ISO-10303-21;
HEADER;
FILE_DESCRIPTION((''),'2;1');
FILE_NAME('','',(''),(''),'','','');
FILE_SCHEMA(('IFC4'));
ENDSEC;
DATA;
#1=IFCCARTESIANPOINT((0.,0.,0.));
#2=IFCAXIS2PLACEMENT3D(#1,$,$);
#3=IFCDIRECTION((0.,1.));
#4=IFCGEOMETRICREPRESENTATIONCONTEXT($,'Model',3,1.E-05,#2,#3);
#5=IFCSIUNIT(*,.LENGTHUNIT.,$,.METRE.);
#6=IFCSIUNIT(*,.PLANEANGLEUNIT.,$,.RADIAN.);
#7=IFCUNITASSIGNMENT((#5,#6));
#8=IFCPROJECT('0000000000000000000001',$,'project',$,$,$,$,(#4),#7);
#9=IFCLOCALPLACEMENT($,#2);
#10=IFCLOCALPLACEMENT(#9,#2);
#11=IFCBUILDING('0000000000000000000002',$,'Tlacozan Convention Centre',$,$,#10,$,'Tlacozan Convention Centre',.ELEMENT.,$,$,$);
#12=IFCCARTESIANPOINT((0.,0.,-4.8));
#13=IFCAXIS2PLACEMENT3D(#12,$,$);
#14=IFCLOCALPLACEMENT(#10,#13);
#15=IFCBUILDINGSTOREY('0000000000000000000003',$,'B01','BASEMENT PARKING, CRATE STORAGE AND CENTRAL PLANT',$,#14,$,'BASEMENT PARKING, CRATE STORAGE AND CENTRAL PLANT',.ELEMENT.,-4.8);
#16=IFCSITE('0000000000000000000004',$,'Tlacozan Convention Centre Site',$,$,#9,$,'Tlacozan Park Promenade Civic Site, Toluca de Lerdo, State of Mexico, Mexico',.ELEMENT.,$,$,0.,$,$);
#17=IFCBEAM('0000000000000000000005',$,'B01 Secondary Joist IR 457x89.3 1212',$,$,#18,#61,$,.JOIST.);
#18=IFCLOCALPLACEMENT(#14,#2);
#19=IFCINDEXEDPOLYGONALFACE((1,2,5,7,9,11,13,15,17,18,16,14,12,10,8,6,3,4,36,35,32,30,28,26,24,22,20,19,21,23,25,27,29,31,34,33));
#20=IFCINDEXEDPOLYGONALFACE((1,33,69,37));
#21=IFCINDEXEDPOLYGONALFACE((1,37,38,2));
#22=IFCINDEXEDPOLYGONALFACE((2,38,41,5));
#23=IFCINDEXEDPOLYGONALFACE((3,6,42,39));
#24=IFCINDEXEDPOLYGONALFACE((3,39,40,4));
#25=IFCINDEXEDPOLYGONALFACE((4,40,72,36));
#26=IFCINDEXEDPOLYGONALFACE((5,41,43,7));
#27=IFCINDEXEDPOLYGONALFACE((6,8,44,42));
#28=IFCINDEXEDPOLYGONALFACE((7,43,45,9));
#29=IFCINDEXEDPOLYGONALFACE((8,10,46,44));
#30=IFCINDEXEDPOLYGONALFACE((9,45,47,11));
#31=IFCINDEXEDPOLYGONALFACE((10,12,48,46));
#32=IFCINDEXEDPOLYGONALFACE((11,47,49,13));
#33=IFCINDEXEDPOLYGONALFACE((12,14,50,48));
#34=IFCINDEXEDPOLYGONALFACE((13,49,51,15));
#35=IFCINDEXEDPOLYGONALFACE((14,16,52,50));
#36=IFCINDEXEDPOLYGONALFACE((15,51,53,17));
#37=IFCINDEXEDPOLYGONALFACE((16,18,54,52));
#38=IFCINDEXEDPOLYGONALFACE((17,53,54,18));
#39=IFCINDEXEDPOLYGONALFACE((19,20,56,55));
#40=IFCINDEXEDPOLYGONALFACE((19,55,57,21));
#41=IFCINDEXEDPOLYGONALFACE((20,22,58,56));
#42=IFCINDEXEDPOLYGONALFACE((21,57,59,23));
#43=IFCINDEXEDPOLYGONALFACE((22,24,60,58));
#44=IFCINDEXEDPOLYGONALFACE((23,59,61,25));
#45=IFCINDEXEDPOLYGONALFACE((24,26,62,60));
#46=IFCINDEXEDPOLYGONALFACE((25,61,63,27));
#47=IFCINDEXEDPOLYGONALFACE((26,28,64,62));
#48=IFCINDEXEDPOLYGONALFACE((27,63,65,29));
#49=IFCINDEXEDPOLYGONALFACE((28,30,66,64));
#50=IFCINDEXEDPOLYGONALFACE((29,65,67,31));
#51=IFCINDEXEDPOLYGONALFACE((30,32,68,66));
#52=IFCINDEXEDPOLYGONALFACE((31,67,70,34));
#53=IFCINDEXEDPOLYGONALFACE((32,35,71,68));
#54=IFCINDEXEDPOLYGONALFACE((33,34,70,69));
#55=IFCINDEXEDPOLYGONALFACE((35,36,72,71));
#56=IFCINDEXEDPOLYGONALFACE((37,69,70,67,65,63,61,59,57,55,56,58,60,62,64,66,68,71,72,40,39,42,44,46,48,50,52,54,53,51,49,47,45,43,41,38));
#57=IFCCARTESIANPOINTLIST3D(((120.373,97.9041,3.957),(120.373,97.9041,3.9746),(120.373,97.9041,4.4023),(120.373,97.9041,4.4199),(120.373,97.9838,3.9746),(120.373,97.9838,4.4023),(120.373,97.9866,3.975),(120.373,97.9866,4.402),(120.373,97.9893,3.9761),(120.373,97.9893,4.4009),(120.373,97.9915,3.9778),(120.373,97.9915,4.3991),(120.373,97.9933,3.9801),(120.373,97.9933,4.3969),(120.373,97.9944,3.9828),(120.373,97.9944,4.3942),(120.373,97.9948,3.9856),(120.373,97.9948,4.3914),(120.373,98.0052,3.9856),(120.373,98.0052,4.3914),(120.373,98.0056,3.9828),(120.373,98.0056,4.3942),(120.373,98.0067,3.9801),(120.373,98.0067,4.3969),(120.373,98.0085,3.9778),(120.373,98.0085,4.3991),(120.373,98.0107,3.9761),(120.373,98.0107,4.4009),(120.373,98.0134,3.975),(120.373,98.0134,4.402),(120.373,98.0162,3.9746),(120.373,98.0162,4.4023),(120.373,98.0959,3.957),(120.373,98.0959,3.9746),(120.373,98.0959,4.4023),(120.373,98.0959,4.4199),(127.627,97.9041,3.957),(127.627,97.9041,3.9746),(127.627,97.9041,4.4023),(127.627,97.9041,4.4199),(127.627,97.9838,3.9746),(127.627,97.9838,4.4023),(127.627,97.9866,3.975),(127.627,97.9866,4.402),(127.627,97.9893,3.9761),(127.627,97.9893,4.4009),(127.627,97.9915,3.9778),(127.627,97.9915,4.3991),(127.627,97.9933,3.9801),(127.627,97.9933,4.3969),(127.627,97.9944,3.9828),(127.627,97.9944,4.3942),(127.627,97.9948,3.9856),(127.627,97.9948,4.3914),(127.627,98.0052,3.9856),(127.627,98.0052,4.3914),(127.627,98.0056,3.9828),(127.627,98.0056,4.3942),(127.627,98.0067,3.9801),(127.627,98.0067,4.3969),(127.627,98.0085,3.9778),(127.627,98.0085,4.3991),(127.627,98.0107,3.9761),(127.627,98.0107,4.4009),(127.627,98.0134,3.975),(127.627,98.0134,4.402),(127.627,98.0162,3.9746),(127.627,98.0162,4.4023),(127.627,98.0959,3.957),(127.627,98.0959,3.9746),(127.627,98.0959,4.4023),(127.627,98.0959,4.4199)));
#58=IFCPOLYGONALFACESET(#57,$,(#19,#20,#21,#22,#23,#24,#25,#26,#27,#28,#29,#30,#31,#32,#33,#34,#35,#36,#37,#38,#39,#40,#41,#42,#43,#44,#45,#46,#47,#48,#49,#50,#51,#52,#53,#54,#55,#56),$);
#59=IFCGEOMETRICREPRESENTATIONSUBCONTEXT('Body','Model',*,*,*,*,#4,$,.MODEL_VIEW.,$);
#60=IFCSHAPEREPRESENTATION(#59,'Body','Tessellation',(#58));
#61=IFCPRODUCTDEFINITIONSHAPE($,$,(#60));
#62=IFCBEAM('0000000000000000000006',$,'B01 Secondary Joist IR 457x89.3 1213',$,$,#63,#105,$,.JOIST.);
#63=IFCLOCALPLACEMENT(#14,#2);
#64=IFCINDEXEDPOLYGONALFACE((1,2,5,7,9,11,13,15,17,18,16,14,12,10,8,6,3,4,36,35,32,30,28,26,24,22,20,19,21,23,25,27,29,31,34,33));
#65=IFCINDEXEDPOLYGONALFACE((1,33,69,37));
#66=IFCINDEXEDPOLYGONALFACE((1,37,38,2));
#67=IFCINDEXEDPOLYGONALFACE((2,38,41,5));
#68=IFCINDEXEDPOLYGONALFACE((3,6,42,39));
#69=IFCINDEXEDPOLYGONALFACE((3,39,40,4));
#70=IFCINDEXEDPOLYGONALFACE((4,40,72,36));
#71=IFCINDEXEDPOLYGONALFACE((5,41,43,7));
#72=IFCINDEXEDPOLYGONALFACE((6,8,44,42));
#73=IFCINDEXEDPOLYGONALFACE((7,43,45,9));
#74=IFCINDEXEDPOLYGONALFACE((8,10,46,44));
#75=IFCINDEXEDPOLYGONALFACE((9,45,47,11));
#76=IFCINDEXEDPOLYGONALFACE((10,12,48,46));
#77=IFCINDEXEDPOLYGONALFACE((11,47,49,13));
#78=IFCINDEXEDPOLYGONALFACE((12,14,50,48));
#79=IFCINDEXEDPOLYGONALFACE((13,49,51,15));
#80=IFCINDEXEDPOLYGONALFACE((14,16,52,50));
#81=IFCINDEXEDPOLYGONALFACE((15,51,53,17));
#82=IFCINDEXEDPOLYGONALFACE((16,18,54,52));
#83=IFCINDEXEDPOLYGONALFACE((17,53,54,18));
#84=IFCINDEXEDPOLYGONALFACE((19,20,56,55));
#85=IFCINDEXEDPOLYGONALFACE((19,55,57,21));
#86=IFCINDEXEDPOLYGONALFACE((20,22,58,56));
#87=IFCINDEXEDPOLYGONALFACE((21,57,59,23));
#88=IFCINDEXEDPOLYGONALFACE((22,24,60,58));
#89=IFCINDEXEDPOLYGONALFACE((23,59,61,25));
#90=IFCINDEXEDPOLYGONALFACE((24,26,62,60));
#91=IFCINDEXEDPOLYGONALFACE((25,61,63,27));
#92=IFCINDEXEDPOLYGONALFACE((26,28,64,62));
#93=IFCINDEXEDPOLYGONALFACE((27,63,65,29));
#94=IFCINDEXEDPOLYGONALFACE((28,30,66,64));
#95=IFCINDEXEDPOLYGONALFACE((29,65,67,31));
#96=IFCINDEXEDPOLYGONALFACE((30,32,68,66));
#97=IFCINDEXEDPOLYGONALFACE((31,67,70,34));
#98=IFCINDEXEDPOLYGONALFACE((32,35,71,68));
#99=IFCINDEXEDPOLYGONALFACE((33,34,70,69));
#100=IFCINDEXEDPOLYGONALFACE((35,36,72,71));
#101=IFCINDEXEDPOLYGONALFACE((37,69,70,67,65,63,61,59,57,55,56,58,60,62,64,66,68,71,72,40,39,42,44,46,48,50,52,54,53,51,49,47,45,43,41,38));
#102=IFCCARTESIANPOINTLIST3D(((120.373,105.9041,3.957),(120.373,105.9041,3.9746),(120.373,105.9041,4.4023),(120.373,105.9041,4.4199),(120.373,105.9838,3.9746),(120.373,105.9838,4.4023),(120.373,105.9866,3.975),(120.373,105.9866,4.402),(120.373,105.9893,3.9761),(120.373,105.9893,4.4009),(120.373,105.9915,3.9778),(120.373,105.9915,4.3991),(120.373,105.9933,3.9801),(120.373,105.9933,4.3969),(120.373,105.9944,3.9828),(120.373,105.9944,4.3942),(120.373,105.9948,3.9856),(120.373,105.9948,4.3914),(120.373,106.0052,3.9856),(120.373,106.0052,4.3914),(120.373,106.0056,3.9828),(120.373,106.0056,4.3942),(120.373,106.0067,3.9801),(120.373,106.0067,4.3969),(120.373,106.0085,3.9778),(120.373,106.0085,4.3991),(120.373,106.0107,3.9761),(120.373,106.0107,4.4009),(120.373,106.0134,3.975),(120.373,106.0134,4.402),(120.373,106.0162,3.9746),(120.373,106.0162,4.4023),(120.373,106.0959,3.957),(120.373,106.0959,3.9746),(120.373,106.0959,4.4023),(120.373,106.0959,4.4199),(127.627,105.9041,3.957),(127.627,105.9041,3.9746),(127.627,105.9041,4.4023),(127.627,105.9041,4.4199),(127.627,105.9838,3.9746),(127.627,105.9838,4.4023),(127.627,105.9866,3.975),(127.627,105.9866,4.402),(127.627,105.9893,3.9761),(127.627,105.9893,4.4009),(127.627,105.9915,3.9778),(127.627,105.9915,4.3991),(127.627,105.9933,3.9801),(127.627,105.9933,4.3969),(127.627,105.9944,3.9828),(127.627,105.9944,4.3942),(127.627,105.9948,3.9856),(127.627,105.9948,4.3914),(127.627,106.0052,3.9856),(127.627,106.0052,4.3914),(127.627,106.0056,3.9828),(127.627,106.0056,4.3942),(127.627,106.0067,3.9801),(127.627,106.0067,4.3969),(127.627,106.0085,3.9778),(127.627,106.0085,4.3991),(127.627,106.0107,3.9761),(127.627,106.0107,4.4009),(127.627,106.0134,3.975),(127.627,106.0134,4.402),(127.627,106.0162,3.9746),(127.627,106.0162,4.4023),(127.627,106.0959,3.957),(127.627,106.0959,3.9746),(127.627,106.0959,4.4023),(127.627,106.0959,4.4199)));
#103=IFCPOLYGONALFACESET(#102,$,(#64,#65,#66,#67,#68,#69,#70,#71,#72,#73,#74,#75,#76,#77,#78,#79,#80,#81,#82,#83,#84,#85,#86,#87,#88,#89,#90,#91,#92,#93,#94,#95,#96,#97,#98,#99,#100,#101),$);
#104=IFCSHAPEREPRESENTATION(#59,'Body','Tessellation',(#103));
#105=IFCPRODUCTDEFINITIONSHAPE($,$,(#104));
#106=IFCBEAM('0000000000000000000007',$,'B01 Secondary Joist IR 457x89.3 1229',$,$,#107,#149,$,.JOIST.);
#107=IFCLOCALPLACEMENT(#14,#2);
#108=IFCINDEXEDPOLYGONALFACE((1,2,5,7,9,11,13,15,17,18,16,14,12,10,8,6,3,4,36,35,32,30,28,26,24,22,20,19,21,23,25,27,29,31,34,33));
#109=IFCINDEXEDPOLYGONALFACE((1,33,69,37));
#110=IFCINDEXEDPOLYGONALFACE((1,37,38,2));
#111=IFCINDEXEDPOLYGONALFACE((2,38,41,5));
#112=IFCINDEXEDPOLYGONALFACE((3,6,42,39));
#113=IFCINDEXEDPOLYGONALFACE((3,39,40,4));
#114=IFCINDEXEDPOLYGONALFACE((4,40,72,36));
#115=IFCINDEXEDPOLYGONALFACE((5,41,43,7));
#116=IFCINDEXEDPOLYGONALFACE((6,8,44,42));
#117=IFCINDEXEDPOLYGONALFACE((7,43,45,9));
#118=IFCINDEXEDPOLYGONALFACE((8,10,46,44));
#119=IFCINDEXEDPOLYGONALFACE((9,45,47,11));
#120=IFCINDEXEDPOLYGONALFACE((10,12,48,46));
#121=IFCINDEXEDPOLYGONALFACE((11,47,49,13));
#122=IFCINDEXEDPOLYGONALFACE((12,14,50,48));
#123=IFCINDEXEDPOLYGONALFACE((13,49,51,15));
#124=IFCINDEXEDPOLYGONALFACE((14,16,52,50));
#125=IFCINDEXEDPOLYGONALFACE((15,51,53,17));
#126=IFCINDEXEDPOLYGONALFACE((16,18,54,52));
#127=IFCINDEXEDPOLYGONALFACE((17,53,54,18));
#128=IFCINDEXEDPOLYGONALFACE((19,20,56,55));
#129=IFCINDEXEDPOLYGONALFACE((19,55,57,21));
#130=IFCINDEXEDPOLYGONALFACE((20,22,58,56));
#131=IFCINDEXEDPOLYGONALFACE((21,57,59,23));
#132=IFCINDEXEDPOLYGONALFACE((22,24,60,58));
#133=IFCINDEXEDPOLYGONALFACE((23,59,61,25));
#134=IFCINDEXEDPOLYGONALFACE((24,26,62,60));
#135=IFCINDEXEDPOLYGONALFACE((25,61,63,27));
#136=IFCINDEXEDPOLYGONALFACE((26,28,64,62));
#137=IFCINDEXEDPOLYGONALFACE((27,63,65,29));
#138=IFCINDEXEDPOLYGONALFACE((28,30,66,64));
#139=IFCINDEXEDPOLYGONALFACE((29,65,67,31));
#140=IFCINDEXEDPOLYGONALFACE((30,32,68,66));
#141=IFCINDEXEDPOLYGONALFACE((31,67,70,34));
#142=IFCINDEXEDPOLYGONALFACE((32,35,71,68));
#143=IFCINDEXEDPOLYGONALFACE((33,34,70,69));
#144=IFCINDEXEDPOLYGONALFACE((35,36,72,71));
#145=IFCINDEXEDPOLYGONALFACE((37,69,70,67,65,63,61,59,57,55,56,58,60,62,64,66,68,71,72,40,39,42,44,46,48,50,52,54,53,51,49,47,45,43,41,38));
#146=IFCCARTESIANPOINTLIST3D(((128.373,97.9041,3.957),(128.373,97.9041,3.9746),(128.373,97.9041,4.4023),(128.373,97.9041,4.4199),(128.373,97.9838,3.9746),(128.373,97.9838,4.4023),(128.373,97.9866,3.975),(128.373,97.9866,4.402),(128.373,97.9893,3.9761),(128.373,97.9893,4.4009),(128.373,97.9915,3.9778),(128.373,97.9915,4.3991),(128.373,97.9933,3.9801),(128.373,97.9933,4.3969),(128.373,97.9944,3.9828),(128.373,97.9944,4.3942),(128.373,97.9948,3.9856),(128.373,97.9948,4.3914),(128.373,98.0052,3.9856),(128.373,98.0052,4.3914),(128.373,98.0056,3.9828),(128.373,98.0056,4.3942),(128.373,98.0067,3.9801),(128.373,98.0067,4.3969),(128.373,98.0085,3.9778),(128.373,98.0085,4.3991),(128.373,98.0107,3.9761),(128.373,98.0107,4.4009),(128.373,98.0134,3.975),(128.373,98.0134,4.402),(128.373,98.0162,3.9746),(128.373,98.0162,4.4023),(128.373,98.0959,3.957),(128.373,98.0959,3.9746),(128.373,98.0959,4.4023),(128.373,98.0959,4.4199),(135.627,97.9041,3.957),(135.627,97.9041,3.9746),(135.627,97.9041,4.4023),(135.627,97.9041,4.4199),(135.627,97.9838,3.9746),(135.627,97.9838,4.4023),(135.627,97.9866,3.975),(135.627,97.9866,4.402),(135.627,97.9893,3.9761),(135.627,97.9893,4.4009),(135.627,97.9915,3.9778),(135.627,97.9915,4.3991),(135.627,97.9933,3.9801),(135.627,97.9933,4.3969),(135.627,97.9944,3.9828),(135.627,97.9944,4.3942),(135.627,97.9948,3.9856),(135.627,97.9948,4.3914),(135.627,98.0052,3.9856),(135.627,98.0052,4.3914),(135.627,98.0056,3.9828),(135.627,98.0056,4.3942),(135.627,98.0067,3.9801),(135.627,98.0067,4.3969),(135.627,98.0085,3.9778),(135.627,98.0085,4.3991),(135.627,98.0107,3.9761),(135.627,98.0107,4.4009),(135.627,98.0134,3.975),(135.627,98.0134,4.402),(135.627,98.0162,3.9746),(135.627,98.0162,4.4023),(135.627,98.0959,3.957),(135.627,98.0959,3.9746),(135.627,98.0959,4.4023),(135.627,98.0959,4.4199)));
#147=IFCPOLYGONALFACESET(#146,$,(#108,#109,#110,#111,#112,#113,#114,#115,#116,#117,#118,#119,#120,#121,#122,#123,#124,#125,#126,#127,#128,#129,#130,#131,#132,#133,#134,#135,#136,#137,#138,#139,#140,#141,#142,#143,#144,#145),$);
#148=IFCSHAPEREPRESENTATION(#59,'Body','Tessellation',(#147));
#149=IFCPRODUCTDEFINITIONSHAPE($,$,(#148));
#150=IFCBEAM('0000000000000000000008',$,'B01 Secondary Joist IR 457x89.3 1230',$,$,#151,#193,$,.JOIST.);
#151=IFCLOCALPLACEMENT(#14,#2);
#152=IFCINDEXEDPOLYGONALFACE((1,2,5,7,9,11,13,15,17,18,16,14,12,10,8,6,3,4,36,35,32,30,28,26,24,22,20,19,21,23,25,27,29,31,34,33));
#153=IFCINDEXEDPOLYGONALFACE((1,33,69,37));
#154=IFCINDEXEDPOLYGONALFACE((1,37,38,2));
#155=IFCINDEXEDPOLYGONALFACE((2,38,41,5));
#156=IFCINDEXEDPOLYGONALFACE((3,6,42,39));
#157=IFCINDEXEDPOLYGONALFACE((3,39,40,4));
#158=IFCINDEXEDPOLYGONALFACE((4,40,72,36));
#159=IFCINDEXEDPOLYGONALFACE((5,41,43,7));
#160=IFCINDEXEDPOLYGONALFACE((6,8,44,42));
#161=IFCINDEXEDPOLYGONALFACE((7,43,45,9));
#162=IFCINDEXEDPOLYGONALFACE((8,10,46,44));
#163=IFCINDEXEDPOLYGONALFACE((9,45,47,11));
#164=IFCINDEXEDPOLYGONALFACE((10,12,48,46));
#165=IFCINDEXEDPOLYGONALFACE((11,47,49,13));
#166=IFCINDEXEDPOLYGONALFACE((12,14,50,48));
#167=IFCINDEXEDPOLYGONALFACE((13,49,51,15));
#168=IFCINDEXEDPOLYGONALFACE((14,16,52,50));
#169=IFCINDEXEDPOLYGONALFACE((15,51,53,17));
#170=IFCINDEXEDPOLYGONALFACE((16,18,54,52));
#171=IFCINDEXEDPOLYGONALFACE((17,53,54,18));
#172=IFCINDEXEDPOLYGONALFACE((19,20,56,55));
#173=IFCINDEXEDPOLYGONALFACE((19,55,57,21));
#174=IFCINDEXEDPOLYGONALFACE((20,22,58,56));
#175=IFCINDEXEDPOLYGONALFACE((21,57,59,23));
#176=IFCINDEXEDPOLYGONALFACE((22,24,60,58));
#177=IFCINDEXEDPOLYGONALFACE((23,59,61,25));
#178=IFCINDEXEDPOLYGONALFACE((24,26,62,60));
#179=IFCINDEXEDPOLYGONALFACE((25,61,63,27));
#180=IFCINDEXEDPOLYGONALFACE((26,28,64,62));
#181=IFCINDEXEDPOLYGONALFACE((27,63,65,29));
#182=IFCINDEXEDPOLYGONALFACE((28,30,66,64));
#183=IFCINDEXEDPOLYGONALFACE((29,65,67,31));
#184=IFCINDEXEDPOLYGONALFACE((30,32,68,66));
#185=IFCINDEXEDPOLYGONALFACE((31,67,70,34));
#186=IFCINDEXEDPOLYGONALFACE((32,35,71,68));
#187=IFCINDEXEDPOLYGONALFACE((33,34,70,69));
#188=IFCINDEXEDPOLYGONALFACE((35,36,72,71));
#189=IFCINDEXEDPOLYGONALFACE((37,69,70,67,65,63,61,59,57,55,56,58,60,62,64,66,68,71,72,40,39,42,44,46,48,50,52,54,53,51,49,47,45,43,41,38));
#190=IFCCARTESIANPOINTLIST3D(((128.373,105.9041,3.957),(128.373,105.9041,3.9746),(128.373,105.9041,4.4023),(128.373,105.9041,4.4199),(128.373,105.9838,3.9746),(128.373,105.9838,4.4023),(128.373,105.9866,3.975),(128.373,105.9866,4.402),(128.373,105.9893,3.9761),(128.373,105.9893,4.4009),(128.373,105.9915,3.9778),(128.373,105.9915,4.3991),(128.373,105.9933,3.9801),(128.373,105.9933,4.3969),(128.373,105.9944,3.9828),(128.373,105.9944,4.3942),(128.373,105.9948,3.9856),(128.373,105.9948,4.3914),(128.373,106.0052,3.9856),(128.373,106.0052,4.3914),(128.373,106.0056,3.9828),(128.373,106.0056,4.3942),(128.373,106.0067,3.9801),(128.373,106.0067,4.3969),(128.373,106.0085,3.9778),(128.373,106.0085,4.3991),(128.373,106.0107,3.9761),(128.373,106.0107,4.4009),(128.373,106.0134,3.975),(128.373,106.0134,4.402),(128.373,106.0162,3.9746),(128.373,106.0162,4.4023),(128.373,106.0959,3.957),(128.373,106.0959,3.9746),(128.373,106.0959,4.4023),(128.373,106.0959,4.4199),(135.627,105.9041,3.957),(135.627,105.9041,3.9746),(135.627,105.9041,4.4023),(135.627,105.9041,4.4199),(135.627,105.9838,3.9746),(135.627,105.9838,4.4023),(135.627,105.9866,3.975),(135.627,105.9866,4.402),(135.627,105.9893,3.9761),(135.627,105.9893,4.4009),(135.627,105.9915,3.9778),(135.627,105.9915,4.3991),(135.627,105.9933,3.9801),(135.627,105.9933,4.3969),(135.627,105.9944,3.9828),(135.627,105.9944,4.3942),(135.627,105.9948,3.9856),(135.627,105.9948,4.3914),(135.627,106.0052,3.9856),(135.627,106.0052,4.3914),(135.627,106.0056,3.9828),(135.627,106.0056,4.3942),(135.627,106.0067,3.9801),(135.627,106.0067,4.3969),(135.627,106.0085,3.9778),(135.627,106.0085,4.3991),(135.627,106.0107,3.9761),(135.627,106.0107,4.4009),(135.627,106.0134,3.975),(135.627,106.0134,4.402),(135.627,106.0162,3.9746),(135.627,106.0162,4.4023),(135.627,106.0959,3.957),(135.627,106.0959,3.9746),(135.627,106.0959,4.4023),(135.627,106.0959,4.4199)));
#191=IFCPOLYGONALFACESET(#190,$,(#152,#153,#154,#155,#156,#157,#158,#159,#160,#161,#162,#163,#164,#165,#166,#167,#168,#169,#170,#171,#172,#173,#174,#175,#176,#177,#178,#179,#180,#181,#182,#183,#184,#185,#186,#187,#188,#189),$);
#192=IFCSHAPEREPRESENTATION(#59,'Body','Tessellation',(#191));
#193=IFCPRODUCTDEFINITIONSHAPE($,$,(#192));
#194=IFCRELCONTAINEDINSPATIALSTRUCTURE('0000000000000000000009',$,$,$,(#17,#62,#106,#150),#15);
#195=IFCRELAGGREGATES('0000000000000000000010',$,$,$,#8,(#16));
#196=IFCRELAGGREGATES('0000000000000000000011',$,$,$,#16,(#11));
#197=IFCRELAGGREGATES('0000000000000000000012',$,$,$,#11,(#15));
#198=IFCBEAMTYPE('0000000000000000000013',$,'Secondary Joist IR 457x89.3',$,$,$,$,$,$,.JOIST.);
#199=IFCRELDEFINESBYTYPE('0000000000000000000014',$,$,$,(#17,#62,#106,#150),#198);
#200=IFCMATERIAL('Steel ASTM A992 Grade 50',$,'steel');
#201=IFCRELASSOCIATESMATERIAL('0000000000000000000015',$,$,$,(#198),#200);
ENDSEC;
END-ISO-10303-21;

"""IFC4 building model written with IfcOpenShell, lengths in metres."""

from ifc_helpers import new_model, si_unit, direction, frame, origin, origin_2d, place, context, subcontext, project, spatial, i_section, extrude, material, material_profile, profile_set, type_object, element, save


model = new_model("IFC4")

# Units and contexts
model_context = context("Model", 3, precision=1e-05, world=origin(), true_north=direction((0.0, 1.0)))
body_context = subcontext(model_context, "Body", "Model", "MODEL_VIEW")
ifc_project = project(units=[si_unit("LENGTHUNIT", "METRE"), si_unit("PLANEANGLEUNIT", "RADIAN")], contexts=[model_context])

# Site, building, storey
site_placement = place(None, origin())
site = spatial("IfcSite", under=ifc_project, at=site_placement, Name="Tlacozan Convention Centre Site", LongName="Tlacozan Park Promenade Civic Site, Toluca de Lerdo, State of Mexico, Mexico", CompositionType="ELEMENT", RefElevation=0.0)
building_placement = place(site_placement, origin())
building = spatial("IfcBuilding", under=site, at=building_placement, Name="Tlacozan Convention Centre", LongName="Tlacozan Convention Centre", CompositionType="ELEMENT")
storey_placement = place(building_placement, frame((0.0, 0.0, -4.8)))
storey = spatial("IfcBuildingStorey", under=building, at=storey_placement, Name="B01", Description="BASEMENT PARKING, CRATE STORAGE AND CENTRAL PLANT", LongName="BASEMENT PARKING, CRATE STORAGE AND CENTRAL PLANT", CompositionType="ELEMENT", Elevation=-4.8)

# Beams
ifc_material_1 = material(Name="Steel ASTM A992 Grade 50", Category="steel")
ifc_material_profile_1 = material_profile(ifc_material_1, i_section(OverallWidth=0.1919, OverallDepth=0.4629, WebThickness=0.0105, FlangeThickness=0.0176, FilletRadius=0.011, at=origin_2d()), Name="IR 457x89.3")
ifc_profile_set_1 = profile_set([ifc_material_profile_1], Name="Steel ASTM A992 Grade 50")
beam_type_1 = type_object("IfcBeamType", Name="Secondary Joist IR 457x89.3", PredefinedType="JOIST", material=ifc_profile_set_1)
for number, where, z_axis, x_axis, name in (
    (1, (120.373, 98.0, 4.1885), (1.0, 0.0, 0.0), (0.0, 1.0, 0.0), "B01 Secondary Joist IR 457x89.3 1212"),
    (2, (120.373, 106.0, 4.1885), (1.0, 0.0, 0.0), (0.0, 1.0, 0.0), "B01 Secondary Joist IR 457x89.3 1213"),
    (3, (128.373, 98.0, 4.1885), (1.0, 0.0, 0.0), (0.0, 1.0, 0.0), "B01 Secondary Joist IR 457x89.3 1229"),
    (4, (128.373, 106.0, 4.1885), (1.0, 0.0, 0.0), (0.0, 1.0, 0.0), "B01 Secondary Joist IR 457x89.3 1230"),
):
    element("IfcBeam", number, at=place(storey_placement, frame(where, z_axis=z_axis, x_axis=x_axis)), inside=storey, type_object=beam_type_1, Name=name, PredefinedType="JOIST", context=body_context, shape_type="SweptSolid", body=[
        extrude(i_section(OverallWidth=0.1919, OverallDepth=0.4629, WebThickness=0.0105, FlangeThickness=0.0176, FilletRadius=0.011, at=origin_2d()), origin(), (0.0, 0.0, 1.0), 7.2539),
    ])

save(model, "model.ifc")
